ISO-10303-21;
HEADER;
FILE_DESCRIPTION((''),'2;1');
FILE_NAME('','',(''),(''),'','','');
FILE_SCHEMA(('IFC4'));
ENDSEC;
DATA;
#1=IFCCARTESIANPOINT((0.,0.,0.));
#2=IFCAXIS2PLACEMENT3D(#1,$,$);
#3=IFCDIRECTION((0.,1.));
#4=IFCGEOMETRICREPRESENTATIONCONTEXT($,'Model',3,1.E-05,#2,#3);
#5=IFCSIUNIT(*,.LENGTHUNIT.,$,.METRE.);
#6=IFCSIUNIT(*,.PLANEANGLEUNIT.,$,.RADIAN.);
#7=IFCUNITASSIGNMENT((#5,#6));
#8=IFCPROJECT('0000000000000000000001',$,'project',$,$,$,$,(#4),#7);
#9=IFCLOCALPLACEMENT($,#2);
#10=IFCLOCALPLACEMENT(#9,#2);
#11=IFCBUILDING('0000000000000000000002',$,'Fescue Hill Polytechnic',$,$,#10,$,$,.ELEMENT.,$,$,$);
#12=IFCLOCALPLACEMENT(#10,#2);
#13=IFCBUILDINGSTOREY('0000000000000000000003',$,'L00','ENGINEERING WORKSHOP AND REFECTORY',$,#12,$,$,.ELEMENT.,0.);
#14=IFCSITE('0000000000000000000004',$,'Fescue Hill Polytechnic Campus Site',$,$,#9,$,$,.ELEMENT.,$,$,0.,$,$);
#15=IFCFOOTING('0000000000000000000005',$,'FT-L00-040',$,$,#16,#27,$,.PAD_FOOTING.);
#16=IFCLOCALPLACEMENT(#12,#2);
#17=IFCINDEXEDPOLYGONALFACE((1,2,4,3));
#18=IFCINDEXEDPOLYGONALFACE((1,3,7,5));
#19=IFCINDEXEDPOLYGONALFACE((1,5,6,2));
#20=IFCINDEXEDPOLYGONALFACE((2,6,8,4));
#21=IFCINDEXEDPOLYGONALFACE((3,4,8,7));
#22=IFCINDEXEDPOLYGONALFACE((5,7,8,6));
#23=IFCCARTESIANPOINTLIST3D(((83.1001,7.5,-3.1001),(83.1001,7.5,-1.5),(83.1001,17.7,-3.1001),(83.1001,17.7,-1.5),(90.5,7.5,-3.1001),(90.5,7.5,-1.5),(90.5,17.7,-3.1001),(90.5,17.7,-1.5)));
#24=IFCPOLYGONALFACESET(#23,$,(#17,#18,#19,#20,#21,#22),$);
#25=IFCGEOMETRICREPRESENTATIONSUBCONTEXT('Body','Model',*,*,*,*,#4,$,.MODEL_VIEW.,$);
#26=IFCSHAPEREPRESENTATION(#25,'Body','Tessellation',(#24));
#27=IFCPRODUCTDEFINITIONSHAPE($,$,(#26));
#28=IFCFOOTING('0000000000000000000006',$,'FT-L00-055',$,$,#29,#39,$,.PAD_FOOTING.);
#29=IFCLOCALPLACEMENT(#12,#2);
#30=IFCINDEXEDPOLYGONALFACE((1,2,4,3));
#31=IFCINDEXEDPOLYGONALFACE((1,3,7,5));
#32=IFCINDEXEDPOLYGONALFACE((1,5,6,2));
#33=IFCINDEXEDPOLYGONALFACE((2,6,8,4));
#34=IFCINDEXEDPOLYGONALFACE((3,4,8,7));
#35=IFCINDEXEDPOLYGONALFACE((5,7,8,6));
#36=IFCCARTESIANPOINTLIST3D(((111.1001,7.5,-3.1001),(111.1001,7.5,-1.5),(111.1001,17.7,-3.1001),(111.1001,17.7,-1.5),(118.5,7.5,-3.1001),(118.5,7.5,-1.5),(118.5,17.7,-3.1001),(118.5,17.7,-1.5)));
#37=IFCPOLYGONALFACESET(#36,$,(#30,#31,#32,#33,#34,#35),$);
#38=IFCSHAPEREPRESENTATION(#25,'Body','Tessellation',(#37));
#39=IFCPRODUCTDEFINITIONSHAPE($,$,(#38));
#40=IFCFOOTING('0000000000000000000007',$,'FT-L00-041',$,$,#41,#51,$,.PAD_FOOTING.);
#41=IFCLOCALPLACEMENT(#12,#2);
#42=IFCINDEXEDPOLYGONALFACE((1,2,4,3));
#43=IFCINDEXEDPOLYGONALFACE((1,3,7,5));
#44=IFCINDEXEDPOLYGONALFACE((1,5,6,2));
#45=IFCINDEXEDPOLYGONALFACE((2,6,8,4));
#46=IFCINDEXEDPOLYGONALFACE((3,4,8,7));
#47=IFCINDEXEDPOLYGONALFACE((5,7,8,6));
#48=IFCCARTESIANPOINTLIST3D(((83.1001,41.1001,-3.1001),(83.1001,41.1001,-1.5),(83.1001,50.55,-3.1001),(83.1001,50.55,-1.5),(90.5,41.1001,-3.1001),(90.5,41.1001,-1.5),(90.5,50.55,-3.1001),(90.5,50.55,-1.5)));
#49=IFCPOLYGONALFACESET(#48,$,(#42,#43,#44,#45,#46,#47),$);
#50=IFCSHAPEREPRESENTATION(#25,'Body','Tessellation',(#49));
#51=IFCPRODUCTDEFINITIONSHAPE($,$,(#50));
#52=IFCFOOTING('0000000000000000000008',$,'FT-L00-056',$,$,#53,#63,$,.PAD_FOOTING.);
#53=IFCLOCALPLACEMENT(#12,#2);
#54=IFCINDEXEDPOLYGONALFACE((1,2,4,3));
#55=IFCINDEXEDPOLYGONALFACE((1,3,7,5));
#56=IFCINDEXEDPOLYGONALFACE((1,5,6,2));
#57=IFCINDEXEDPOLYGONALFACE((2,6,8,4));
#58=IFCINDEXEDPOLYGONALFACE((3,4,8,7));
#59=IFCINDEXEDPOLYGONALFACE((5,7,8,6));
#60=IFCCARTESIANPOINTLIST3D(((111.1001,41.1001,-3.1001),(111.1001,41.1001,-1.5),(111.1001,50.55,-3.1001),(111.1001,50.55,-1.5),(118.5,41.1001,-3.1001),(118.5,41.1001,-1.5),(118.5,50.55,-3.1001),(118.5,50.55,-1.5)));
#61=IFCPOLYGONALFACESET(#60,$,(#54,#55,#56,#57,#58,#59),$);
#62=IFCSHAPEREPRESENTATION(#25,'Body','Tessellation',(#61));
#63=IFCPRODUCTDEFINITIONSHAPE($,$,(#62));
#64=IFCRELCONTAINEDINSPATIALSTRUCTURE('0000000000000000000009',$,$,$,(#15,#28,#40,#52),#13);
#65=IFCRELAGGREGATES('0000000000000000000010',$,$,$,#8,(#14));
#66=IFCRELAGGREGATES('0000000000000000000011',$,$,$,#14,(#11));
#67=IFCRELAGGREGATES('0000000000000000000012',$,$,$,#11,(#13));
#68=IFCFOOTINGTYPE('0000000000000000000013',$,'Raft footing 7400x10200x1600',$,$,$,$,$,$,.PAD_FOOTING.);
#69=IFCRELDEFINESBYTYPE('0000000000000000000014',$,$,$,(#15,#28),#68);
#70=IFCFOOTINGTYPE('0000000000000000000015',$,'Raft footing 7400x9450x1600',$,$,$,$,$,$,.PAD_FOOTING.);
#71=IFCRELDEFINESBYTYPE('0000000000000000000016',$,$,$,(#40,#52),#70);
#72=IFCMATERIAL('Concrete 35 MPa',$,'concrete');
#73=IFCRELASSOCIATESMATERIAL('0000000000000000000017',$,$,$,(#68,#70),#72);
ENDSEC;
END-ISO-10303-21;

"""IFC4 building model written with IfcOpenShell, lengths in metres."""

from ifc_helpers import new_model, si_unit, direction, frame, origin, place, context, subcontext, project, spatial, polyline, outline, extrude, material, type_object, element, save


model = new_model("IFC4")

# Units and contexts
model_context = context("Model", 3, precision=1e-05, world=origin(), true_north=direction((0.0, 1.0)))
body_context = subcontext(model_context, "Body", "Model", "MODEL_VIEW")
ifc_project = project(units=[si_unit("LENGTHUNIT", "METRE"), si_unit("PLANEANGLEUNIT", "RADIAN")], contexts=[model_context])

# Site, building, storey
site_placement = place(None, origin())
site = spatial("IfcSite", under=ifc_project, at=site_placement, Name="Fescue Hill Polytechnic Campus Site", CompositionType="ELEMENT", RefElevation=0.0)
building_placement = place(site_placement, origin())
building = spatial("IfcBuilding", under=site, at=building_placement, Name="Fescue Hill Polytechnic", CompositionType="ELEMENT")
storey_placement = place(building_placement, origin())
storey = spatial("IfcBuildingStorey", under=building, at=storey_placement, Name="L00", Description="ENGINEERING WORKSHOP AND REFECTORY", CompositionType="ELEMENT", Elevation=0.0)

# Footings
ifc_material = material(Name="Concrete 35 MPa", Category="concrete")
footing_type_1 = type_object("IfcFootingType", Name="Raft footing 7400x10200x1600", PredefinedType="PAD_FOOTING", material=ifc_material)
footing_1_placement = place(storey_placement, frame((0.0, 0.0, -3.1001)))
element("IfcFooting", 1, at=footing_1_placement, inside=storey, type_object=footing_type_1, Name="FT-L00-040", PredefinedType="PAD_FOOTING", context=body_context, shape_type="SweptSolid", body=[
    extrude(outline(polyline([(83.1001, 7.5), (83.1001, 17.7), (90.5, 17.7), (90.5, 7.5), (83.1001, 7.5)])), origin(), (0.0, 0.0, 1.0), 1.6001),
])
footing_2_placement = place(storey_placement, frame((0.0, 0.0, -3.1001)))
element("IfcFooting", 2, at=footing_2_placement, inside=storey, type_object=footing_type_1, Name="FT-L00-055", PredefinedType="PAD_FOOTING", context=body_context, shape_type="SweptSolid", body=[
    extrude(outline(polyline([(111.1001, 7.5), (111.1001, 17.7), (118.5, 17.7), (118.5, 7.5), (111.1001, 7.5)])), origin(), (0.0, 0.0, 1.0), 1.6001),
])
footing_type_2 = type_object("IfcFootingType", Name="Raft footing 7400x9450x1600", PredefinedType="PAD_FOOTING", material=ifc_material)
footing_3_placement = place(storey_placement, frame((0.0, 0.0, -3.1001)))
element("IfcFooting", 3, at=footing_3_placement, inside=storey, type_object=footing_type_2, Name="FT-L00-041", PredefinedType="PAD_FOOTING", context=body_context, shape_type="SweptSolid", body=[
    extrude(outline(polyline([(90.5, 41.1001), (83.1001, 41.1001), (83.1001, 50.55), (90.5, 50.55), (90.5, 41.1001)])), origin(), (0.0, 0.0, 1.0), 1.6001),
])
footing_4_placement = place(storey_placement, frame((0.0, 0.0, -3.1001)))
element("IfcFooting", 4, at=footing_4_placement, inside=storey, type_object=footing_type_2, Name="FT-L00-056", PredefinedType="PAD_FOOTING", context=body_context, shape_type="SweptSolid", body=[
    extrude(outline(polyline([(118.5, 41.1001), (111.1001, 41.1001), (111.1001, 50.55), (118.5, 50.55), (118.5, 41.1001)])), origin(), (0.0, 0.0, 1.0), 1.6001),
])

save(model, "model.ifc")
